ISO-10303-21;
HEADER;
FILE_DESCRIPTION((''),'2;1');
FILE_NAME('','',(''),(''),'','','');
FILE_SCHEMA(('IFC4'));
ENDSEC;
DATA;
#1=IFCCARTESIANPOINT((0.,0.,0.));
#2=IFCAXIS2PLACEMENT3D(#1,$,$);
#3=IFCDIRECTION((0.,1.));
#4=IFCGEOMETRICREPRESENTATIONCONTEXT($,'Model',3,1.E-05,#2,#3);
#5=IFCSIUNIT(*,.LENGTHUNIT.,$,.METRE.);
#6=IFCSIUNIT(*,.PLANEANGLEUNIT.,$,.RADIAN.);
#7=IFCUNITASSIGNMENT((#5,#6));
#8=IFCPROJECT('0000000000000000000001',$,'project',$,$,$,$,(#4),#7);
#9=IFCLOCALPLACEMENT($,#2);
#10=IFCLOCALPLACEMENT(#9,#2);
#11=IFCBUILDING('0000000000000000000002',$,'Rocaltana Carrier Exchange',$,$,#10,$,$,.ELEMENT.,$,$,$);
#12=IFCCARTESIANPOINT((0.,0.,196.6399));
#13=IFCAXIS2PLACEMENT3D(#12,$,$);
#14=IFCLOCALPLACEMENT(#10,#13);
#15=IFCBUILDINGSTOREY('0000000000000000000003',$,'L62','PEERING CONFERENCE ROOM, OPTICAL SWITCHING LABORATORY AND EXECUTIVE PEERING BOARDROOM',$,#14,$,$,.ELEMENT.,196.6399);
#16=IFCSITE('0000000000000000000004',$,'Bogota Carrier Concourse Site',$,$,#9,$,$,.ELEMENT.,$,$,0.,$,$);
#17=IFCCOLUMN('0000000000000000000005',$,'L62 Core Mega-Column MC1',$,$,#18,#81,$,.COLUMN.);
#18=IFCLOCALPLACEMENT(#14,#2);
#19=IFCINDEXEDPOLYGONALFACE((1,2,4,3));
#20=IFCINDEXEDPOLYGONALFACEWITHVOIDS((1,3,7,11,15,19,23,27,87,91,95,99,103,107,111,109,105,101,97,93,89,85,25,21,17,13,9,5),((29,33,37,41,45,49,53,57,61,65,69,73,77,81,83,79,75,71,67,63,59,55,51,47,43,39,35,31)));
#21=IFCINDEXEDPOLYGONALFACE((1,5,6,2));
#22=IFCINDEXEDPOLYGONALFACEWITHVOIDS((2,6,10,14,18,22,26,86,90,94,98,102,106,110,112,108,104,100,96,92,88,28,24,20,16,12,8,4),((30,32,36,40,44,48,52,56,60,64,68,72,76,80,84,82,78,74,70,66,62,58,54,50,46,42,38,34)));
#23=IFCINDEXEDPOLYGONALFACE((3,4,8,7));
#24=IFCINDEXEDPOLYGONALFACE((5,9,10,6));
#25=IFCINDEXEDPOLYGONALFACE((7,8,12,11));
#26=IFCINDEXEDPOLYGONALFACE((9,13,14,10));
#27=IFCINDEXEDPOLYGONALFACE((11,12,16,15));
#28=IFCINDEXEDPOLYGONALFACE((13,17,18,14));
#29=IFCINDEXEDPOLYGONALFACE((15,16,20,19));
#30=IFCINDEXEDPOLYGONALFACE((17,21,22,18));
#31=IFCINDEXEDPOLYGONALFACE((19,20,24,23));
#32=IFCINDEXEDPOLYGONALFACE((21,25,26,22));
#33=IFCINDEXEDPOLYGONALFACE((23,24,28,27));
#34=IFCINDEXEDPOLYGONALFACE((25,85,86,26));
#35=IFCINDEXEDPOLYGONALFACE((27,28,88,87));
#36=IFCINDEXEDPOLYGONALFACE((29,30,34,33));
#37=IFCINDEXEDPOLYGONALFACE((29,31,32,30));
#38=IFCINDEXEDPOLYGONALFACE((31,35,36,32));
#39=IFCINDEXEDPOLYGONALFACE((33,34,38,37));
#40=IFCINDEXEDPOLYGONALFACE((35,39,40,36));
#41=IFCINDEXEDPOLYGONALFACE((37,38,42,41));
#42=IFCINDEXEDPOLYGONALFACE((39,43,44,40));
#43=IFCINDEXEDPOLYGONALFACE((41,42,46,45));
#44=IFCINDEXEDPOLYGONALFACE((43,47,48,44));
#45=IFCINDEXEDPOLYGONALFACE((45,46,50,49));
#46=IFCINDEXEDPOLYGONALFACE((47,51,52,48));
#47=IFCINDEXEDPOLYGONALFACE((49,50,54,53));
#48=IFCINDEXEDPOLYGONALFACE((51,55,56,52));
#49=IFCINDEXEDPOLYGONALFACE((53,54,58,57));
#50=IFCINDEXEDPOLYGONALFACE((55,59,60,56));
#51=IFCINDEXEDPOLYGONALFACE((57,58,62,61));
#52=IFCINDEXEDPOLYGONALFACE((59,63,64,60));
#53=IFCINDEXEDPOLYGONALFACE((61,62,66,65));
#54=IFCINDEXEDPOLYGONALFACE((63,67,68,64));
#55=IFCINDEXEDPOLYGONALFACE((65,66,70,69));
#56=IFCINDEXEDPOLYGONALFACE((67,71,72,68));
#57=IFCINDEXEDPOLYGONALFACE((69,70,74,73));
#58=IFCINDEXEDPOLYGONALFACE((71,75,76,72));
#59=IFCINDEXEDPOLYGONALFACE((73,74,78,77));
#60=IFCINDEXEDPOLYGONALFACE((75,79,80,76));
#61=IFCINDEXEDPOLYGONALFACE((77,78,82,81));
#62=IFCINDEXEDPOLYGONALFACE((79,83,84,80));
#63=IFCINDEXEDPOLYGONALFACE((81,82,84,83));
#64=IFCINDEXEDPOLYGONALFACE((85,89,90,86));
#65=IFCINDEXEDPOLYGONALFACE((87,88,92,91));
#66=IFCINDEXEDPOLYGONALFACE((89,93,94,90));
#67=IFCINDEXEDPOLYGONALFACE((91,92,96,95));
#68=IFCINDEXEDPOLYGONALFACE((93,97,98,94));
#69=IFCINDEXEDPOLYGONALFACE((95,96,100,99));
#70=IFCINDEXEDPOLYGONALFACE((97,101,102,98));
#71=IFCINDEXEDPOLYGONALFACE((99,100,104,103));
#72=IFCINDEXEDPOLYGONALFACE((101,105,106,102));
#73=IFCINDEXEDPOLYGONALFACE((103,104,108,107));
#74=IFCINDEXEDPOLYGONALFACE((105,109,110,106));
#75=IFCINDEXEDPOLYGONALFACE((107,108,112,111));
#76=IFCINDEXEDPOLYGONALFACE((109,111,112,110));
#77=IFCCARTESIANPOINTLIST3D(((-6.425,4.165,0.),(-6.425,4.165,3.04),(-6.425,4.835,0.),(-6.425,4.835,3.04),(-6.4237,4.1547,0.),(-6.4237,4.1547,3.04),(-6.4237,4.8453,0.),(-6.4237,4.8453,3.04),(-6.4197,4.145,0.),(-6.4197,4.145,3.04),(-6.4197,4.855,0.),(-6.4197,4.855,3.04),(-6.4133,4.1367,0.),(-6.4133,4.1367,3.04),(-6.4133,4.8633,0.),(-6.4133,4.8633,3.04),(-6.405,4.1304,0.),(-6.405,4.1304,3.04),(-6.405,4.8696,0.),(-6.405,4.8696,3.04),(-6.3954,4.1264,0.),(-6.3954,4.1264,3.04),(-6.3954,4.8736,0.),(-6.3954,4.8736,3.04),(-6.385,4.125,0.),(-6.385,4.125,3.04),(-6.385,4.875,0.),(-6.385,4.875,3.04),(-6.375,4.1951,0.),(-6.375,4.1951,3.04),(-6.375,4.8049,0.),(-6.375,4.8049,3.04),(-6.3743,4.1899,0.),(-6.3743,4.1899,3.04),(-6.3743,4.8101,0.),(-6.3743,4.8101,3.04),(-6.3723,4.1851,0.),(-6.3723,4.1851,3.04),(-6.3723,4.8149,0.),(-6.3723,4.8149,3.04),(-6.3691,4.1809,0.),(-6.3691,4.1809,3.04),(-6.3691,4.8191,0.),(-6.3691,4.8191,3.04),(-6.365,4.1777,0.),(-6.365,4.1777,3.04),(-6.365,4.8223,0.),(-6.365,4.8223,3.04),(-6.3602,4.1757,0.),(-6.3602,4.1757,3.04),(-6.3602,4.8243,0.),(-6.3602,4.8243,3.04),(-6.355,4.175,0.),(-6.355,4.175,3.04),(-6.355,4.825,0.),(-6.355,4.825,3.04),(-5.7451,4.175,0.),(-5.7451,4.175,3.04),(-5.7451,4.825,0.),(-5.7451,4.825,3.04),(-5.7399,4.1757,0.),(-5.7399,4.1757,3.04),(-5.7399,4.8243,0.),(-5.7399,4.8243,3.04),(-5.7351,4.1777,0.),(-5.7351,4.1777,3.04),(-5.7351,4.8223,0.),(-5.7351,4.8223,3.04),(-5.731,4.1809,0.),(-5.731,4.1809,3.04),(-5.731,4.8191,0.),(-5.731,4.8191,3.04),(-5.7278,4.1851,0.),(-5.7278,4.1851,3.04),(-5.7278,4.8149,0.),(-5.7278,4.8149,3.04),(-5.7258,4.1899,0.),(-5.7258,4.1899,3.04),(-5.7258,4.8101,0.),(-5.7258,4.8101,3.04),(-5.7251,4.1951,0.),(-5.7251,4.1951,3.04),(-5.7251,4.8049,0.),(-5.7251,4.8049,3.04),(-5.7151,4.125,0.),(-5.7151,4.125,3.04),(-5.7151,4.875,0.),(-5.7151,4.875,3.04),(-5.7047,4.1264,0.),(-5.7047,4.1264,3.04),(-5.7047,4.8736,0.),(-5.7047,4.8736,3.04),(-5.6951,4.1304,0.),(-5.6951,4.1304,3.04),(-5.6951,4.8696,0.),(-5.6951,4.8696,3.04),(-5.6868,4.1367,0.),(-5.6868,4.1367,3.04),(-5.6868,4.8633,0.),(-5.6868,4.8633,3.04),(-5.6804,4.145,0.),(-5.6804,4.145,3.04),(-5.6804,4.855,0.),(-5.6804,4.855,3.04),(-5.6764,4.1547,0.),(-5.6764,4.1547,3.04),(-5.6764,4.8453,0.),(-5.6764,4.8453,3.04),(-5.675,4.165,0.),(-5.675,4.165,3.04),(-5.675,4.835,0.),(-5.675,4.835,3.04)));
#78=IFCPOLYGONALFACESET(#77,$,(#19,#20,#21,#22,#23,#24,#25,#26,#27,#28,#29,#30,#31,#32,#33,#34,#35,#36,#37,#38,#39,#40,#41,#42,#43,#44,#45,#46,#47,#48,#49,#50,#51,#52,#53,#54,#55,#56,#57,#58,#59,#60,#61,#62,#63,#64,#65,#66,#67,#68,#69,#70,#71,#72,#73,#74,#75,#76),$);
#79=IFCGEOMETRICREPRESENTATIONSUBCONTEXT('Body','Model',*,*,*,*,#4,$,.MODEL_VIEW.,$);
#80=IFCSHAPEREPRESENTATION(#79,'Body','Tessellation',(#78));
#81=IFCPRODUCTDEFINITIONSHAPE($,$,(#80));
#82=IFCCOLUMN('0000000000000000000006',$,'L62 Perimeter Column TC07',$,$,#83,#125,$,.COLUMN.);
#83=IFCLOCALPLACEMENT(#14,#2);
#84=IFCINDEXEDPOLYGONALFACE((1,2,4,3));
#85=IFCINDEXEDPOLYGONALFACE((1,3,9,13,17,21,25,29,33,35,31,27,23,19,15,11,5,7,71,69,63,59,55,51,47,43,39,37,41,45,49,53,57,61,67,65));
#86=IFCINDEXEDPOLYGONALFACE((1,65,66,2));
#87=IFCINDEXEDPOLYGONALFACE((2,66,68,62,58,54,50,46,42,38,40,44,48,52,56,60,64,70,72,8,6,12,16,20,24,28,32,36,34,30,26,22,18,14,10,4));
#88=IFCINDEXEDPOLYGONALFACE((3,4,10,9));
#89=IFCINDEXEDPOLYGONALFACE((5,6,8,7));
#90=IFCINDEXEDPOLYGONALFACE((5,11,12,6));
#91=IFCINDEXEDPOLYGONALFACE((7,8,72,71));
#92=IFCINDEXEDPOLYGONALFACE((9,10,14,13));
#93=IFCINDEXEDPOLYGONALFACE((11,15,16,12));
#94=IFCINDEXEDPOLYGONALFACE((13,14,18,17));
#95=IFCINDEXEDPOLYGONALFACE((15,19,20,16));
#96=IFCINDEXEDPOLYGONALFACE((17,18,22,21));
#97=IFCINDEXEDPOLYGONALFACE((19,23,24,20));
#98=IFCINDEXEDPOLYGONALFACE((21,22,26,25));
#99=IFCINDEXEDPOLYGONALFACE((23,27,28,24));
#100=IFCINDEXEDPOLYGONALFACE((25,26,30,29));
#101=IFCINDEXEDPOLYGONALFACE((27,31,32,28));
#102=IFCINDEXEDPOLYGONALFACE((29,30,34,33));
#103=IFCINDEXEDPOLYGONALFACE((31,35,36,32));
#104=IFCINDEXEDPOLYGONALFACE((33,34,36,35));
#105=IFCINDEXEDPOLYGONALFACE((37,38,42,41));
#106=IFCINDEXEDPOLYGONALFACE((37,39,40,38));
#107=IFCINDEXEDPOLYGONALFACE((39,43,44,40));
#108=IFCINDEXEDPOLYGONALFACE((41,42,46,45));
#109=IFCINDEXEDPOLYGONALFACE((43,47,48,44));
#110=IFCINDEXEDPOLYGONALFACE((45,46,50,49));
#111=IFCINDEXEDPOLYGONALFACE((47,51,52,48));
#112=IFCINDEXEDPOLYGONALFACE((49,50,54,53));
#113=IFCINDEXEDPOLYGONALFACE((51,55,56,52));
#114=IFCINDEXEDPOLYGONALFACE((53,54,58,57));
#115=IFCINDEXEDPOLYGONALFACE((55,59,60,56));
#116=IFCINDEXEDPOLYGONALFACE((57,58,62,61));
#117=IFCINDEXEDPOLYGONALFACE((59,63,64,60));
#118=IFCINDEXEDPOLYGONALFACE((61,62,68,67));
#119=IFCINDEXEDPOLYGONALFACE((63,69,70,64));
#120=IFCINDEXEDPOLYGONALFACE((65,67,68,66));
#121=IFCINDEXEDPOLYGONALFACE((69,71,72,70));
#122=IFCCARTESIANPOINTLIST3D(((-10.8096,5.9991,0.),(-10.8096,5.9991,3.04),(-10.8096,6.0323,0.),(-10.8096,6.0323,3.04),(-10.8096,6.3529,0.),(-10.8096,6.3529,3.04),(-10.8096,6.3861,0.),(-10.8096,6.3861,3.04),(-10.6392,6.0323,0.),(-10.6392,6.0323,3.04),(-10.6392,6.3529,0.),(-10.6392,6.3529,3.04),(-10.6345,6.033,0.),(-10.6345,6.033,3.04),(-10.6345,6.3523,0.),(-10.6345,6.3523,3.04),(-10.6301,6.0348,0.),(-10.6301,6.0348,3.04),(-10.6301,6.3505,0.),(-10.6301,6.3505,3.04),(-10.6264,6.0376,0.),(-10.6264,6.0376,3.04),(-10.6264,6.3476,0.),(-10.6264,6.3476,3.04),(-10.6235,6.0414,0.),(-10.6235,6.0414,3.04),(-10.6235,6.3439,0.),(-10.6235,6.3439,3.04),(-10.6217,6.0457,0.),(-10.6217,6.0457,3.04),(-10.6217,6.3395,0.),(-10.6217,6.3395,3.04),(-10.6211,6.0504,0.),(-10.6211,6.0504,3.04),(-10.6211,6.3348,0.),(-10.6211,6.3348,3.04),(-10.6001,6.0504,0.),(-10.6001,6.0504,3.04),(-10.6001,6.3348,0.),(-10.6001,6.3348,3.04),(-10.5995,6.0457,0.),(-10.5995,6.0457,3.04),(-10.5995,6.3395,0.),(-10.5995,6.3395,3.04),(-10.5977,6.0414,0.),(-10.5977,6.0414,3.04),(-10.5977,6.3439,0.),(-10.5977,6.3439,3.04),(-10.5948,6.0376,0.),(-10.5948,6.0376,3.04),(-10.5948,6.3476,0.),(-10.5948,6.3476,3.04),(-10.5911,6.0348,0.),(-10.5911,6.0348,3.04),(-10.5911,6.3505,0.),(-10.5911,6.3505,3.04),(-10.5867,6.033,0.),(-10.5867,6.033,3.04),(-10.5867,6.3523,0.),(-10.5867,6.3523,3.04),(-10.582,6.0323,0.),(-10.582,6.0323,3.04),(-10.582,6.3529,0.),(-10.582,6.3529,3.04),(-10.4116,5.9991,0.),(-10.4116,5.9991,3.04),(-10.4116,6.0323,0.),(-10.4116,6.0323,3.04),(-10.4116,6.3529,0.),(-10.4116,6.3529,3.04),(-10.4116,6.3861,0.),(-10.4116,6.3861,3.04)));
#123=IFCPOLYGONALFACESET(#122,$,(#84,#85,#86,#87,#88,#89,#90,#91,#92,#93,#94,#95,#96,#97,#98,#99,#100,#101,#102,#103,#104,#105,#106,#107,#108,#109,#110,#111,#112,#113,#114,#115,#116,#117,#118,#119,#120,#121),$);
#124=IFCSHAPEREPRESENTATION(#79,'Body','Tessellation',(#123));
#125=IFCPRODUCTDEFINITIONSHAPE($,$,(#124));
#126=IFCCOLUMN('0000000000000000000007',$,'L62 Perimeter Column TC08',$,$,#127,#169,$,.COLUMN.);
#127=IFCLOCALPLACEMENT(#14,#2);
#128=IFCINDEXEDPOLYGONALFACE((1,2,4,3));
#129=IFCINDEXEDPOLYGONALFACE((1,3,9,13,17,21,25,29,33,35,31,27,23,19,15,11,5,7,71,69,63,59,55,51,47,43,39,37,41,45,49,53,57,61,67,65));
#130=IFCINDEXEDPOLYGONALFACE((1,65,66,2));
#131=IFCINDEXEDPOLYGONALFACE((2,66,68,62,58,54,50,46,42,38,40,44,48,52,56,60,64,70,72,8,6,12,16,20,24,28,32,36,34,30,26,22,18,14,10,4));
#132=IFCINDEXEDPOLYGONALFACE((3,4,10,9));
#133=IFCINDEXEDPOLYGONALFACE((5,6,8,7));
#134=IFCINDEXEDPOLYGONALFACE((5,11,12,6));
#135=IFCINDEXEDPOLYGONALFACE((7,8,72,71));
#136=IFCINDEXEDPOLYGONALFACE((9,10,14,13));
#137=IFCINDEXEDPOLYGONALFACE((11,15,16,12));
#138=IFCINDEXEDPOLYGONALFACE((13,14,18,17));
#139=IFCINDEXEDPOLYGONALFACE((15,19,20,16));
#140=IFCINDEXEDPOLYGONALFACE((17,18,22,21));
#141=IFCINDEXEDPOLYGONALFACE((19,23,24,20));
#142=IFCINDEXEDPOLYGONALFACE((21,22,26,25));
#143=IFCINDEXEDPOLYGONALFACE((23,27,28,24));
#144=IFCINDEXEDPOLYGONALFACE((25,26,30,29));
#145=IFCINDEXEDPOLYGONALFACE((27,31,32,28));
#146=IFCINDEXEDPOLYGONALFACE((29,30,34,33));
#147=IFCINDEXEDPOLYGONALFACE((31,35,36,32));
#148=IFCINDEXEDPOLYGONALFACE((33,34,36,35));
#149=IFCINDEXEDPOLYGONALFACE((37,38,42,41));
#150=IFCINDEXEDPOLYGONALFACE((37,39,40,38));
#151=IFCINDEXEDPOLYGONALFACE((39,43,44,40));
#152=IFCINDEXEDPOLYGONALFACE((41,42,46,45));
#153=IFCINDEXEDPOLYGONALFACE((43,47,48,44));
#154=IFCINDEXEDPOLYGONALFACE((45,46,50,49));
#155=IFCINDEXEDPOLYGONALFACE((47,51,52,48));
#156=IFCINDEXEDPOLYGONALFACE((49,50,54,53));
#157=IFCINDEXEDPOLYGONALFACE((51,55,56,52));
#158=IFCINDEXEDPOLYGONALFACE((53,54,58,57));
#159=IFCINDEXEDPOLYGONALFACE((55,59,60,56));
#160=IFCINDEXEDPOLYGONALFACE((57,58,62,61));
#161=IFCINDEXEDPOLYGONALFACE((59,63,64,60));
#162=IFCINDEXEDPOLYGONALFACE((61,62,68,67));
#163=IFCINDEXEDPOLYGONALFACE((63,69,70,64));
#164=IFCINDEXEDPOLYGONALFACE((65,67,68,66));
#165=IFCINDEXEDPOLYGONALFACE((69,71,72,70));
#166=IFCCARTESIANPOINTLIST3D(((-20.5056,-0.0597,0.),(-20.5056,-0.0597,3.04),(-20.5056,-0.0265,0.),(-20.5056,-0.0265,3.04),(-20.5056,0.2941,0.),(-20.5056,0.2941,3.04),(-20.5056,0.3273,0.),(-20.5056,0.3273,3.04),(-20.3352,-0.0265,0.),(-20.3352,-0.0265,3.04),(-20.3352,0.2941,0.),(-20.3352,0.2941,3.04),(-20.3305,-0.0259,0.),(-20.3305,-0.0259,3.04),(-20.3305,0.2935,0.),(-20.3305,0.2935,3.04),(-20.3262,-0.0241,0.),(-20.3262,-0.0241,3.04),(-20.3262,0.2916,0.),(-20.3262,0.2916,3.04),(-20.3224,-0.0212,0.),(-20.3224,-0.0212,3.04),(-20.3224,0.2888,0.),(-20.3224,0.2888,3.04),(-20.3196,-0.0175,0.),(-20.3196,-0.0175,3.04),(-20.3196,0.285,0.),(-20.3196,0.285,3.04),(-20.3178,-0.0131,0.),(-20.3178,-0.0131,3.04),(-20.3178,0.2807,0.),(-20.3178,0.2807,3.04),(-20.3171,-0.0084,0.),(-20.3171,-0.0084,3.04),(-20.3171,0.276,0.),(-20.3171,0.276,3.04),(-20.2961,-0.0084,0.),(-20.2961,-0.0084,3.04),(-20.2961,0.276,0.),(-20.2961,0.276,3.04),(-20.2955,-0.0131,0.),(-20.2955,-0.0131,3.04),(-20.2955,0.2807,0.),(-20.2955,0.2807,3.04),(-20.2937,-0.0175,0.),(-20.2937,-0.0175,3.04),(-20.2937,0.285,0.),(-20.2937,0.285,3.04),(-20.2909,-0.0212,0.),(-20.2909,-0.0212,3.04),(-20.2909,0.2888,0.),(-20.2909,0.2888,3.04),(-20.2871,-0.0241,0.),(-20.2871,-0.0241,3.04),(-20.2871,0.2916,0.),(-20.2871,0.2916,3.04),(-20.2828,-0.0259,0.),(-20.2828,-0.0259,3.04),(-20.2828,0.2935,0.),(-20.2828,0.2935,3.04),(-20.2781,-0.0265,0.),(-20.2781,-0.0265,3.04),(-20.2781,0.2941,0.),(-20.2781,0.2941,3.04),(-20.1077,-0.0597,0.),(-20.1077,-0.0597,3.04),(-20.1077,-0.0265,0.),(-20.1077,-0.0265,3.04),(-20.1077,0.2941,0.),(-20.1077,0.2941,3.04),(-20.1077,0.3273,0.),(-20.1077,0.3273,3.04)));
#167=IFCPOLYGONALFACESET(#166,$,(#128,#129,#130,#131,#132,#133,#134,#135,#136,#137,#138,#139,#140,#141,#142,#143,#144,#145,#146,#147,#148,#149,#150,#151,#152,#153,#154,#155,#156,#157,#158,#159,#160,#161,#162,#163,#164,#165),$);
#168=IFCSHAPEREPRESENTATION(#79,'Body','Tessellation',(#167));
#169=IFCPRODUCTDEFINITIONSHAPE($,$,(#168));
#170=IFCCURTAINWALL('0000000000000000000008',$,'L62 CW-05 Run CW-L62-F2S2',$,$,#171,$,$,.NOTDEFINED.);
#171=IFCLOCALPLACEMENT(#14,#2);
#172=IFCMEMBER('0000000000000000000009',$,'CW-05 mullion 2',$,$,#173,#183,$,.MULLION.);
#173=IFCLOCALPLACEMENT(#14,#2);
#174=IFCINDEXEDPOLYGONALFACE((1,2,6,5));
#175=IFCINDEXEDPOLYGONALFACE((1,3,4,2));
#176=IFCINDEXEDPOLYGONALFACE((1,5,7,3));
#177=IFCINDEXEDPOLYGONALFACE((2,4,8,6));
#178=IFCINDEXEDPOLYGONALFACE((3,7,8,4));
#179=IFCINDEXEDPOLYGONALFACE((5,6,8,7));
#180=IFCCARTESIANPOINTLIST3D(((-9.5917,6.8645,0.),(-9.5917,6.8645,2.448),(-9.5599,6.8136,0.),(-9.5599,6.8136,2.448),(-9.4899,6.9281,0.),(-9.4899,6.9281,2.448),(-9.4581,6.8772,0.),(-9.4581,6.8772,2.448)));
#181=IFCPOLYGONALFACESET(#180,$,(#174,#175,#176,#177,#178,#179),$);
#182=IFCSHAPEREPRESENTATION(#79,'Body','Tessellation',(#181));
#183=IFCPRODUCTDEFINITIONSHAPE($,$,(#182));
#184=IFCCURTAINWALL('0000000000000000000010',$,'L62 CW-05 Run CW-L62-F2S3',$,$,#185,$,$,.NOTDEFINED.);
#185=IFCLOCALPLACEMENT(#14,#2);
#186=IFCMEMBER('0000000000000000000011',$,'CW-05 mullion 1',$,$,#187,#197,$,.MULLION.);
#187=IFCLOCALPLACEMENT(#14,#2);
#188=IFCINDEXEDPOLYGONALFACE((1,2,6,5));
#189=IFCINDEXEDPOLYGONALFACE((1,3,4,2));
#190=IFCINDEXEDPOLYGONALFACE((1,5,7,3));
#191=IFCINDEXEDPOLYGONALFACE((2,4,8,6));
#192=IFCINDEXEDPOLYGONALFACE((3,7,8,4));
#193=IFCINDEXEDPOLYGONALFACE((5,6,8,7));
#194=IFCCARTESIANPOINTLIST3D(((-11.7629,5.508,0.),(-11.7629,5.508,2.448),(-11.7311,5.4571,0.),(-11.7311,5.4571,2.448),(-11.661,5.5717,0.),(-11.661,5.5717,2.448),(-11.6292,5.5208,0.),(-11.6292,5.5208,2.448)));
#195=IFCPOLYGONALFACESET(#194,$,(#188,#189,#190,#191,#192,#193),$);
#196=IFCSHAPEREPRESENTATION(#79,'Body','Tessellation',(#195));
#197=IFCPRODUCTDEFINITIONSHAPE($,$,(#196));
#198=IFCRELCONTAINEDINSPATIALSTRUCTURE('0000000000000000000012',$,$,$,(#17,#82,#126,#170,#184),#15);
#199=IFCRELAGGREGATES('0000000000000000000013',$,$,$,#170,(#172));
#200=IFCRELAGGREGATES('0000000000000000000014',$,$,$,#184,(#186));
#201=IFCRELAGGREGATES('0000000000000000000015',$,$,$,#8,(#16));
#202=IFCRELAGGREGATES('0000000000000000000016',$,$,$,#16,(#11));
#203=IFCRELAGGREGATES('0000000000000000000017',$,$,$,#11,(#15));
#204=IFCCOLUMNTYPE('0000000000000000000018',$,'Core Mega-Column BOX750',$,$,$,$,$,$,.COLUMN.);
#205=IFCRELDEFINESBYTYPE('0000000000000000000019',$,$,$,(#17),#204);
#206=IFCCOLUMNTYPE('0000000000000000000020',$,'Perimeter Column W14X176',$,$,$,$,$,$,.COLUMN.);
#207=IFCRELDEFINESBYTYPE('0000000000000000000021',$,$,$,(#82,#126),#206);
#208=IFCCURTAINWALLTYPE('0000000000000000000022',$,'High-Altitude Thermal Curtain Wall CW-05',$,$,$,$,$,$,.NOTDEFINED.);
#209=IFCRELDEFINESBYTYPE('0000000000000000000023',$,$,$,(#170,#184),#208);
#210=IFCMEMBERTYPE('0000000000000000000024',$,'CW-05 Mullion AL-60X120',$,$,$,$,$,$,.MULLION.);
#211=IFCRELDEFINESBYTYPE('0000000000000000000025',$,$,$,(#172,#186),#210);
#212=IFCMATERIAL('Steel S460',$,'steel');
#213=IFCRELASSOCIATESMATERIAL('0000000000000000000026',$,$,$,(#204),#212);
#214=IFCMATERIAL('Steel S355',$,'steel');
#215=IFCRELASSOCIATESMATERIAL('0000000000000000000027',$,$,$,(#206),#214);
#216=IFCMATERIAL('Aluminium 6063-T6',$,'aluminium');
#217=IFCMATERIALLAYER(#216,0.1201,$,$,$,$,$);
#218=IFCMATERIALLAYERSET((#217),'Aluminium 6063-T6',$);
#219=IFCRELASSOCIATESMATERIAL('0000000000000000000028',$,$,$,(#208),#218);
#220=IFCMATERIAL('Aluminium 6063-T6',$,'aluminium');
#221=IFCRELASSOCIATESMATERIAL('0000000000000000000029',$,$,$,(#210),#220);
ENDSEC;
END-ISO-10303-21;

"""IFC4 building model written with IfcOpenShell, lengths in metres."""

from ifc_helpers import new_model, si_unit, direction, frame, origin, origin_2d, place, context, subcontext, project, spatial, rectangle, hollow_rectangle, i_section, extrude, material, layer, layer_set, material_profile, profile_set, type_object, element, aggregate, save


model = new_model("IFC4")

# Units and contexts
model_context = context("Model", 3, precision=1e-05, world=origin(), true_north=direction((0.0, 1.0)))
body_context = subcontext(model_context, "Body", "Model", "MODEL_VIEW")
ifc_project = project(units=[si_unit("LENGTHUNIT", "METRE"), si_unit("PLANEANGLEUNIT", "RADIAN")], contexts=[model_context])

# Site, building, storey
site_placement = place(None, origin())
site = spatial("IfcSite", under=ifc_project, at=site_placement, Name="Bogota Carrier Concourse Site", CompositionType="ELEMENT", RefElevation=0.0)
building_placement = place(site_placement, origin())
building = spatial("IfcBuilding", under=site, at=building_placement, Name="Rocaltana Carrier Exchange", CompositionType="ELEMENT")
storey_placement = place(building_placement, frame((0.0, 0.0, 196.6399)))
storey = spatial("IfcBuildingStorey", under=building, at=storey_placement, Name="L62", Description="PEERING CONFERENCE ROOM, OPTICAL SWITCHING LABORATORY AND EXECUTIVE PEERING BOARDROOM", CompositionType="ELEMENT", Elevation=196.6399)

# Columns
ifc_material_1 = material(Name="Steel S460", Category="steel")
ifc_material_profile_1 = material_profile(ifc_material_1, hollow_rectangle(XDim=0.75, YDim=0.75, WallThickness=0.05, InnerFilletRadius=0.02, OuterFilletRadius=0.04, at=origin_2d()), Name="BOX750X750X50")
ifc_profile_set_1 = profile_set([ifc_material_profile_1], Name="Steel S460")
column_type_1 = type_object("IfcColumnType", Name="Core Mega-Column BOX750", PredefinedType="COLUMN", material=ifc_profile_set_1)
column_placement = place(storey_placement, frame((-6.05, 4.5, 0.0), z_axis=(0.0, 0.0, 1.0), x_axis=(1.0, 0.0, 0.0)))
element("IfcColumn", 1, at=column_placement, inside=storey, type_object=column_type_1, Name="L62 Core Mega-Column MC1", PredefinedType="COLUMN", context=body_context, shape_type="SweptSolid", body=[
    extrude(hollow_rectangle(XDim=0.75, YDim=0.75, WallThickness=0.05, InnerFilletRadius=0.02, OuterFilletRadius=0.04, at=origin_2d()), origin(), (0.0, 0.0, 1.0), 3.04),
])
ifc_material_2 = material(Name="Steel S355", Category="steel")
ifc_material_profile_2 = material_profile(ifc_material_2, i_section(OverallWidth=0.3979, OverallDepth=0.387, WebThickness=0.021, FlangeThickness=0.0332, FilletRadius=0.0181, at=origin_2d()), Name="W14X176")
ifc_profile_set_2 = profile_set([ifc_material_profile_2], Name="Steel S355")
column_type_2 = type_object("IfcColumnType", Name="Perimeter Column W14X176", PredefinedType="COLUMN", material=ifc_profile_set_2)
for number, where, z_axis, x_axis, name in (
    (2, (-10.6106, 6.1926, 0.0), (0.0, 0.0, 1.0), (1.0, 0.0, 0.0), "L62 Perimeter Column TC07"),
    (3, (-20.3066, 0.1338, 0.0), (0.0, 0.0, 1.0), (1.0, 0.0, 0.0), "L62 Perimeter Column TC08"),
):
    element("IfcColumn", number, at=place(storey_placement, frame(where, z_axis=z_axis, x_axis=x_axis)), inside=storey, type_object=column_type_2, Name=name, PredefinedType="COLUMN", context=body_context, shape_type="SweptSolid", body=[
        extrude(i_section(OverallWidth=0.3979, OverallDepth=0.387, WebThickness=0.021, FlangeThickness=0.0332, FilletRadius=0.0181, at=origin_2d()), origin(), (0.0, 0.0, 1.0), 3.04),
    ])

# Curtain wall, member
ifc_material_3 = material(Name="Aluminium 6063-T6", Category="aluminium")
ifc_layer_1 = layer(ifc_material_3, 0.1201)
ifc_layer_set_1 = layer_set([ifc_layer_1], Name="Aluminium 6063-T6")
curtain_wall_type = type_object("IfcCurtainWallType", Name="High-Altitude Thermal Curtain Wall CW-05", PredefinedType="NOTDEFINED", material=ifc_layer_set_1)
curtain_wall_1_placement = place(storey_placement, origin())
curtain_wall_1 = element("IfcCurtainWall", 4, at=curtain_wall_1_placement, inside=storey, type_object=curtain_wall_type, Name="L62 CW-05 Run CW-L62-F2S2", PredefinedType="NOTDEFINED")
ifc_material_4 = material(Name="Aluminium 6063-T6", Category="aluminium")
ifc_material_profile_3 = material_profile(ifc_material_4, rectangle(XDim=0.0601, YDim=0.1201, at=origin_2d()), Name="AL-60X120")
ifc_profile_set_3 = profile_set([ifc_material_profile_3], Name="Aluminium 6063-T6")
member_type_1 = type_object("IfcMemberType", Name="CW-05 Mullion AL-60X120", PredefinedType="MULLION", material=ifc_profile_set_3)
member_1_placement = place(storey_placement, frame((-9.5249, 6.8708, 0.0), z_axis=(0.0, 0.0, 1.0), x_axis=(0.52992, -0.848047, 0.0)))
member_1 = element("IfcMember", 5, at=member_1_placement, type_object=member_type_1, Name="CW-05 mullion 2", PredefinedType="MULLION", context=body_context, shape_type="SweptSolid", body=[
    extrude(rectangle(XDim=0.0601, YDim=0.1201, at=origin_2d()), origin(), (0.0, 0.0, 1.0), 2.448),
])
aggregate(curtain_wall_1, [member_1])

# Curtain wall, member
curtain_wall_2_placement = place(storey_placement, origin())
curtain_wall_2 = element("IfcCurtainWall", 6, at=curtain_wall_2_placement, inside=storey, type_object=curtain_wall_type, Name="L62 CW-05 Run CW-L62-F2S3", PredefinedType="NOTDEFINED")
member_2_placement = place(storey_placement, frame((-11.696, 5.5144, 0.0), z_axis=(0.0, 0.0, 1.0), x_axis=(0.529915, -0.84805, 0.0)))
member_2 = element("IfcMember", 7, at=member_2_placement, type_object=member_type_1, Name="CW-05 mullion 1", PredefinedType="MULLION", context=body_context, shape_type="SweptSolid", body=[
    extrude(rectangle(XDim=0.0601, YDim=0.1201, at=origin_2d()), origin(), (0.0, 0.0, 1.0), 2.448),
])

aggregate(curtain_wall_2, [member_2])

save(model, "model.ifc")
